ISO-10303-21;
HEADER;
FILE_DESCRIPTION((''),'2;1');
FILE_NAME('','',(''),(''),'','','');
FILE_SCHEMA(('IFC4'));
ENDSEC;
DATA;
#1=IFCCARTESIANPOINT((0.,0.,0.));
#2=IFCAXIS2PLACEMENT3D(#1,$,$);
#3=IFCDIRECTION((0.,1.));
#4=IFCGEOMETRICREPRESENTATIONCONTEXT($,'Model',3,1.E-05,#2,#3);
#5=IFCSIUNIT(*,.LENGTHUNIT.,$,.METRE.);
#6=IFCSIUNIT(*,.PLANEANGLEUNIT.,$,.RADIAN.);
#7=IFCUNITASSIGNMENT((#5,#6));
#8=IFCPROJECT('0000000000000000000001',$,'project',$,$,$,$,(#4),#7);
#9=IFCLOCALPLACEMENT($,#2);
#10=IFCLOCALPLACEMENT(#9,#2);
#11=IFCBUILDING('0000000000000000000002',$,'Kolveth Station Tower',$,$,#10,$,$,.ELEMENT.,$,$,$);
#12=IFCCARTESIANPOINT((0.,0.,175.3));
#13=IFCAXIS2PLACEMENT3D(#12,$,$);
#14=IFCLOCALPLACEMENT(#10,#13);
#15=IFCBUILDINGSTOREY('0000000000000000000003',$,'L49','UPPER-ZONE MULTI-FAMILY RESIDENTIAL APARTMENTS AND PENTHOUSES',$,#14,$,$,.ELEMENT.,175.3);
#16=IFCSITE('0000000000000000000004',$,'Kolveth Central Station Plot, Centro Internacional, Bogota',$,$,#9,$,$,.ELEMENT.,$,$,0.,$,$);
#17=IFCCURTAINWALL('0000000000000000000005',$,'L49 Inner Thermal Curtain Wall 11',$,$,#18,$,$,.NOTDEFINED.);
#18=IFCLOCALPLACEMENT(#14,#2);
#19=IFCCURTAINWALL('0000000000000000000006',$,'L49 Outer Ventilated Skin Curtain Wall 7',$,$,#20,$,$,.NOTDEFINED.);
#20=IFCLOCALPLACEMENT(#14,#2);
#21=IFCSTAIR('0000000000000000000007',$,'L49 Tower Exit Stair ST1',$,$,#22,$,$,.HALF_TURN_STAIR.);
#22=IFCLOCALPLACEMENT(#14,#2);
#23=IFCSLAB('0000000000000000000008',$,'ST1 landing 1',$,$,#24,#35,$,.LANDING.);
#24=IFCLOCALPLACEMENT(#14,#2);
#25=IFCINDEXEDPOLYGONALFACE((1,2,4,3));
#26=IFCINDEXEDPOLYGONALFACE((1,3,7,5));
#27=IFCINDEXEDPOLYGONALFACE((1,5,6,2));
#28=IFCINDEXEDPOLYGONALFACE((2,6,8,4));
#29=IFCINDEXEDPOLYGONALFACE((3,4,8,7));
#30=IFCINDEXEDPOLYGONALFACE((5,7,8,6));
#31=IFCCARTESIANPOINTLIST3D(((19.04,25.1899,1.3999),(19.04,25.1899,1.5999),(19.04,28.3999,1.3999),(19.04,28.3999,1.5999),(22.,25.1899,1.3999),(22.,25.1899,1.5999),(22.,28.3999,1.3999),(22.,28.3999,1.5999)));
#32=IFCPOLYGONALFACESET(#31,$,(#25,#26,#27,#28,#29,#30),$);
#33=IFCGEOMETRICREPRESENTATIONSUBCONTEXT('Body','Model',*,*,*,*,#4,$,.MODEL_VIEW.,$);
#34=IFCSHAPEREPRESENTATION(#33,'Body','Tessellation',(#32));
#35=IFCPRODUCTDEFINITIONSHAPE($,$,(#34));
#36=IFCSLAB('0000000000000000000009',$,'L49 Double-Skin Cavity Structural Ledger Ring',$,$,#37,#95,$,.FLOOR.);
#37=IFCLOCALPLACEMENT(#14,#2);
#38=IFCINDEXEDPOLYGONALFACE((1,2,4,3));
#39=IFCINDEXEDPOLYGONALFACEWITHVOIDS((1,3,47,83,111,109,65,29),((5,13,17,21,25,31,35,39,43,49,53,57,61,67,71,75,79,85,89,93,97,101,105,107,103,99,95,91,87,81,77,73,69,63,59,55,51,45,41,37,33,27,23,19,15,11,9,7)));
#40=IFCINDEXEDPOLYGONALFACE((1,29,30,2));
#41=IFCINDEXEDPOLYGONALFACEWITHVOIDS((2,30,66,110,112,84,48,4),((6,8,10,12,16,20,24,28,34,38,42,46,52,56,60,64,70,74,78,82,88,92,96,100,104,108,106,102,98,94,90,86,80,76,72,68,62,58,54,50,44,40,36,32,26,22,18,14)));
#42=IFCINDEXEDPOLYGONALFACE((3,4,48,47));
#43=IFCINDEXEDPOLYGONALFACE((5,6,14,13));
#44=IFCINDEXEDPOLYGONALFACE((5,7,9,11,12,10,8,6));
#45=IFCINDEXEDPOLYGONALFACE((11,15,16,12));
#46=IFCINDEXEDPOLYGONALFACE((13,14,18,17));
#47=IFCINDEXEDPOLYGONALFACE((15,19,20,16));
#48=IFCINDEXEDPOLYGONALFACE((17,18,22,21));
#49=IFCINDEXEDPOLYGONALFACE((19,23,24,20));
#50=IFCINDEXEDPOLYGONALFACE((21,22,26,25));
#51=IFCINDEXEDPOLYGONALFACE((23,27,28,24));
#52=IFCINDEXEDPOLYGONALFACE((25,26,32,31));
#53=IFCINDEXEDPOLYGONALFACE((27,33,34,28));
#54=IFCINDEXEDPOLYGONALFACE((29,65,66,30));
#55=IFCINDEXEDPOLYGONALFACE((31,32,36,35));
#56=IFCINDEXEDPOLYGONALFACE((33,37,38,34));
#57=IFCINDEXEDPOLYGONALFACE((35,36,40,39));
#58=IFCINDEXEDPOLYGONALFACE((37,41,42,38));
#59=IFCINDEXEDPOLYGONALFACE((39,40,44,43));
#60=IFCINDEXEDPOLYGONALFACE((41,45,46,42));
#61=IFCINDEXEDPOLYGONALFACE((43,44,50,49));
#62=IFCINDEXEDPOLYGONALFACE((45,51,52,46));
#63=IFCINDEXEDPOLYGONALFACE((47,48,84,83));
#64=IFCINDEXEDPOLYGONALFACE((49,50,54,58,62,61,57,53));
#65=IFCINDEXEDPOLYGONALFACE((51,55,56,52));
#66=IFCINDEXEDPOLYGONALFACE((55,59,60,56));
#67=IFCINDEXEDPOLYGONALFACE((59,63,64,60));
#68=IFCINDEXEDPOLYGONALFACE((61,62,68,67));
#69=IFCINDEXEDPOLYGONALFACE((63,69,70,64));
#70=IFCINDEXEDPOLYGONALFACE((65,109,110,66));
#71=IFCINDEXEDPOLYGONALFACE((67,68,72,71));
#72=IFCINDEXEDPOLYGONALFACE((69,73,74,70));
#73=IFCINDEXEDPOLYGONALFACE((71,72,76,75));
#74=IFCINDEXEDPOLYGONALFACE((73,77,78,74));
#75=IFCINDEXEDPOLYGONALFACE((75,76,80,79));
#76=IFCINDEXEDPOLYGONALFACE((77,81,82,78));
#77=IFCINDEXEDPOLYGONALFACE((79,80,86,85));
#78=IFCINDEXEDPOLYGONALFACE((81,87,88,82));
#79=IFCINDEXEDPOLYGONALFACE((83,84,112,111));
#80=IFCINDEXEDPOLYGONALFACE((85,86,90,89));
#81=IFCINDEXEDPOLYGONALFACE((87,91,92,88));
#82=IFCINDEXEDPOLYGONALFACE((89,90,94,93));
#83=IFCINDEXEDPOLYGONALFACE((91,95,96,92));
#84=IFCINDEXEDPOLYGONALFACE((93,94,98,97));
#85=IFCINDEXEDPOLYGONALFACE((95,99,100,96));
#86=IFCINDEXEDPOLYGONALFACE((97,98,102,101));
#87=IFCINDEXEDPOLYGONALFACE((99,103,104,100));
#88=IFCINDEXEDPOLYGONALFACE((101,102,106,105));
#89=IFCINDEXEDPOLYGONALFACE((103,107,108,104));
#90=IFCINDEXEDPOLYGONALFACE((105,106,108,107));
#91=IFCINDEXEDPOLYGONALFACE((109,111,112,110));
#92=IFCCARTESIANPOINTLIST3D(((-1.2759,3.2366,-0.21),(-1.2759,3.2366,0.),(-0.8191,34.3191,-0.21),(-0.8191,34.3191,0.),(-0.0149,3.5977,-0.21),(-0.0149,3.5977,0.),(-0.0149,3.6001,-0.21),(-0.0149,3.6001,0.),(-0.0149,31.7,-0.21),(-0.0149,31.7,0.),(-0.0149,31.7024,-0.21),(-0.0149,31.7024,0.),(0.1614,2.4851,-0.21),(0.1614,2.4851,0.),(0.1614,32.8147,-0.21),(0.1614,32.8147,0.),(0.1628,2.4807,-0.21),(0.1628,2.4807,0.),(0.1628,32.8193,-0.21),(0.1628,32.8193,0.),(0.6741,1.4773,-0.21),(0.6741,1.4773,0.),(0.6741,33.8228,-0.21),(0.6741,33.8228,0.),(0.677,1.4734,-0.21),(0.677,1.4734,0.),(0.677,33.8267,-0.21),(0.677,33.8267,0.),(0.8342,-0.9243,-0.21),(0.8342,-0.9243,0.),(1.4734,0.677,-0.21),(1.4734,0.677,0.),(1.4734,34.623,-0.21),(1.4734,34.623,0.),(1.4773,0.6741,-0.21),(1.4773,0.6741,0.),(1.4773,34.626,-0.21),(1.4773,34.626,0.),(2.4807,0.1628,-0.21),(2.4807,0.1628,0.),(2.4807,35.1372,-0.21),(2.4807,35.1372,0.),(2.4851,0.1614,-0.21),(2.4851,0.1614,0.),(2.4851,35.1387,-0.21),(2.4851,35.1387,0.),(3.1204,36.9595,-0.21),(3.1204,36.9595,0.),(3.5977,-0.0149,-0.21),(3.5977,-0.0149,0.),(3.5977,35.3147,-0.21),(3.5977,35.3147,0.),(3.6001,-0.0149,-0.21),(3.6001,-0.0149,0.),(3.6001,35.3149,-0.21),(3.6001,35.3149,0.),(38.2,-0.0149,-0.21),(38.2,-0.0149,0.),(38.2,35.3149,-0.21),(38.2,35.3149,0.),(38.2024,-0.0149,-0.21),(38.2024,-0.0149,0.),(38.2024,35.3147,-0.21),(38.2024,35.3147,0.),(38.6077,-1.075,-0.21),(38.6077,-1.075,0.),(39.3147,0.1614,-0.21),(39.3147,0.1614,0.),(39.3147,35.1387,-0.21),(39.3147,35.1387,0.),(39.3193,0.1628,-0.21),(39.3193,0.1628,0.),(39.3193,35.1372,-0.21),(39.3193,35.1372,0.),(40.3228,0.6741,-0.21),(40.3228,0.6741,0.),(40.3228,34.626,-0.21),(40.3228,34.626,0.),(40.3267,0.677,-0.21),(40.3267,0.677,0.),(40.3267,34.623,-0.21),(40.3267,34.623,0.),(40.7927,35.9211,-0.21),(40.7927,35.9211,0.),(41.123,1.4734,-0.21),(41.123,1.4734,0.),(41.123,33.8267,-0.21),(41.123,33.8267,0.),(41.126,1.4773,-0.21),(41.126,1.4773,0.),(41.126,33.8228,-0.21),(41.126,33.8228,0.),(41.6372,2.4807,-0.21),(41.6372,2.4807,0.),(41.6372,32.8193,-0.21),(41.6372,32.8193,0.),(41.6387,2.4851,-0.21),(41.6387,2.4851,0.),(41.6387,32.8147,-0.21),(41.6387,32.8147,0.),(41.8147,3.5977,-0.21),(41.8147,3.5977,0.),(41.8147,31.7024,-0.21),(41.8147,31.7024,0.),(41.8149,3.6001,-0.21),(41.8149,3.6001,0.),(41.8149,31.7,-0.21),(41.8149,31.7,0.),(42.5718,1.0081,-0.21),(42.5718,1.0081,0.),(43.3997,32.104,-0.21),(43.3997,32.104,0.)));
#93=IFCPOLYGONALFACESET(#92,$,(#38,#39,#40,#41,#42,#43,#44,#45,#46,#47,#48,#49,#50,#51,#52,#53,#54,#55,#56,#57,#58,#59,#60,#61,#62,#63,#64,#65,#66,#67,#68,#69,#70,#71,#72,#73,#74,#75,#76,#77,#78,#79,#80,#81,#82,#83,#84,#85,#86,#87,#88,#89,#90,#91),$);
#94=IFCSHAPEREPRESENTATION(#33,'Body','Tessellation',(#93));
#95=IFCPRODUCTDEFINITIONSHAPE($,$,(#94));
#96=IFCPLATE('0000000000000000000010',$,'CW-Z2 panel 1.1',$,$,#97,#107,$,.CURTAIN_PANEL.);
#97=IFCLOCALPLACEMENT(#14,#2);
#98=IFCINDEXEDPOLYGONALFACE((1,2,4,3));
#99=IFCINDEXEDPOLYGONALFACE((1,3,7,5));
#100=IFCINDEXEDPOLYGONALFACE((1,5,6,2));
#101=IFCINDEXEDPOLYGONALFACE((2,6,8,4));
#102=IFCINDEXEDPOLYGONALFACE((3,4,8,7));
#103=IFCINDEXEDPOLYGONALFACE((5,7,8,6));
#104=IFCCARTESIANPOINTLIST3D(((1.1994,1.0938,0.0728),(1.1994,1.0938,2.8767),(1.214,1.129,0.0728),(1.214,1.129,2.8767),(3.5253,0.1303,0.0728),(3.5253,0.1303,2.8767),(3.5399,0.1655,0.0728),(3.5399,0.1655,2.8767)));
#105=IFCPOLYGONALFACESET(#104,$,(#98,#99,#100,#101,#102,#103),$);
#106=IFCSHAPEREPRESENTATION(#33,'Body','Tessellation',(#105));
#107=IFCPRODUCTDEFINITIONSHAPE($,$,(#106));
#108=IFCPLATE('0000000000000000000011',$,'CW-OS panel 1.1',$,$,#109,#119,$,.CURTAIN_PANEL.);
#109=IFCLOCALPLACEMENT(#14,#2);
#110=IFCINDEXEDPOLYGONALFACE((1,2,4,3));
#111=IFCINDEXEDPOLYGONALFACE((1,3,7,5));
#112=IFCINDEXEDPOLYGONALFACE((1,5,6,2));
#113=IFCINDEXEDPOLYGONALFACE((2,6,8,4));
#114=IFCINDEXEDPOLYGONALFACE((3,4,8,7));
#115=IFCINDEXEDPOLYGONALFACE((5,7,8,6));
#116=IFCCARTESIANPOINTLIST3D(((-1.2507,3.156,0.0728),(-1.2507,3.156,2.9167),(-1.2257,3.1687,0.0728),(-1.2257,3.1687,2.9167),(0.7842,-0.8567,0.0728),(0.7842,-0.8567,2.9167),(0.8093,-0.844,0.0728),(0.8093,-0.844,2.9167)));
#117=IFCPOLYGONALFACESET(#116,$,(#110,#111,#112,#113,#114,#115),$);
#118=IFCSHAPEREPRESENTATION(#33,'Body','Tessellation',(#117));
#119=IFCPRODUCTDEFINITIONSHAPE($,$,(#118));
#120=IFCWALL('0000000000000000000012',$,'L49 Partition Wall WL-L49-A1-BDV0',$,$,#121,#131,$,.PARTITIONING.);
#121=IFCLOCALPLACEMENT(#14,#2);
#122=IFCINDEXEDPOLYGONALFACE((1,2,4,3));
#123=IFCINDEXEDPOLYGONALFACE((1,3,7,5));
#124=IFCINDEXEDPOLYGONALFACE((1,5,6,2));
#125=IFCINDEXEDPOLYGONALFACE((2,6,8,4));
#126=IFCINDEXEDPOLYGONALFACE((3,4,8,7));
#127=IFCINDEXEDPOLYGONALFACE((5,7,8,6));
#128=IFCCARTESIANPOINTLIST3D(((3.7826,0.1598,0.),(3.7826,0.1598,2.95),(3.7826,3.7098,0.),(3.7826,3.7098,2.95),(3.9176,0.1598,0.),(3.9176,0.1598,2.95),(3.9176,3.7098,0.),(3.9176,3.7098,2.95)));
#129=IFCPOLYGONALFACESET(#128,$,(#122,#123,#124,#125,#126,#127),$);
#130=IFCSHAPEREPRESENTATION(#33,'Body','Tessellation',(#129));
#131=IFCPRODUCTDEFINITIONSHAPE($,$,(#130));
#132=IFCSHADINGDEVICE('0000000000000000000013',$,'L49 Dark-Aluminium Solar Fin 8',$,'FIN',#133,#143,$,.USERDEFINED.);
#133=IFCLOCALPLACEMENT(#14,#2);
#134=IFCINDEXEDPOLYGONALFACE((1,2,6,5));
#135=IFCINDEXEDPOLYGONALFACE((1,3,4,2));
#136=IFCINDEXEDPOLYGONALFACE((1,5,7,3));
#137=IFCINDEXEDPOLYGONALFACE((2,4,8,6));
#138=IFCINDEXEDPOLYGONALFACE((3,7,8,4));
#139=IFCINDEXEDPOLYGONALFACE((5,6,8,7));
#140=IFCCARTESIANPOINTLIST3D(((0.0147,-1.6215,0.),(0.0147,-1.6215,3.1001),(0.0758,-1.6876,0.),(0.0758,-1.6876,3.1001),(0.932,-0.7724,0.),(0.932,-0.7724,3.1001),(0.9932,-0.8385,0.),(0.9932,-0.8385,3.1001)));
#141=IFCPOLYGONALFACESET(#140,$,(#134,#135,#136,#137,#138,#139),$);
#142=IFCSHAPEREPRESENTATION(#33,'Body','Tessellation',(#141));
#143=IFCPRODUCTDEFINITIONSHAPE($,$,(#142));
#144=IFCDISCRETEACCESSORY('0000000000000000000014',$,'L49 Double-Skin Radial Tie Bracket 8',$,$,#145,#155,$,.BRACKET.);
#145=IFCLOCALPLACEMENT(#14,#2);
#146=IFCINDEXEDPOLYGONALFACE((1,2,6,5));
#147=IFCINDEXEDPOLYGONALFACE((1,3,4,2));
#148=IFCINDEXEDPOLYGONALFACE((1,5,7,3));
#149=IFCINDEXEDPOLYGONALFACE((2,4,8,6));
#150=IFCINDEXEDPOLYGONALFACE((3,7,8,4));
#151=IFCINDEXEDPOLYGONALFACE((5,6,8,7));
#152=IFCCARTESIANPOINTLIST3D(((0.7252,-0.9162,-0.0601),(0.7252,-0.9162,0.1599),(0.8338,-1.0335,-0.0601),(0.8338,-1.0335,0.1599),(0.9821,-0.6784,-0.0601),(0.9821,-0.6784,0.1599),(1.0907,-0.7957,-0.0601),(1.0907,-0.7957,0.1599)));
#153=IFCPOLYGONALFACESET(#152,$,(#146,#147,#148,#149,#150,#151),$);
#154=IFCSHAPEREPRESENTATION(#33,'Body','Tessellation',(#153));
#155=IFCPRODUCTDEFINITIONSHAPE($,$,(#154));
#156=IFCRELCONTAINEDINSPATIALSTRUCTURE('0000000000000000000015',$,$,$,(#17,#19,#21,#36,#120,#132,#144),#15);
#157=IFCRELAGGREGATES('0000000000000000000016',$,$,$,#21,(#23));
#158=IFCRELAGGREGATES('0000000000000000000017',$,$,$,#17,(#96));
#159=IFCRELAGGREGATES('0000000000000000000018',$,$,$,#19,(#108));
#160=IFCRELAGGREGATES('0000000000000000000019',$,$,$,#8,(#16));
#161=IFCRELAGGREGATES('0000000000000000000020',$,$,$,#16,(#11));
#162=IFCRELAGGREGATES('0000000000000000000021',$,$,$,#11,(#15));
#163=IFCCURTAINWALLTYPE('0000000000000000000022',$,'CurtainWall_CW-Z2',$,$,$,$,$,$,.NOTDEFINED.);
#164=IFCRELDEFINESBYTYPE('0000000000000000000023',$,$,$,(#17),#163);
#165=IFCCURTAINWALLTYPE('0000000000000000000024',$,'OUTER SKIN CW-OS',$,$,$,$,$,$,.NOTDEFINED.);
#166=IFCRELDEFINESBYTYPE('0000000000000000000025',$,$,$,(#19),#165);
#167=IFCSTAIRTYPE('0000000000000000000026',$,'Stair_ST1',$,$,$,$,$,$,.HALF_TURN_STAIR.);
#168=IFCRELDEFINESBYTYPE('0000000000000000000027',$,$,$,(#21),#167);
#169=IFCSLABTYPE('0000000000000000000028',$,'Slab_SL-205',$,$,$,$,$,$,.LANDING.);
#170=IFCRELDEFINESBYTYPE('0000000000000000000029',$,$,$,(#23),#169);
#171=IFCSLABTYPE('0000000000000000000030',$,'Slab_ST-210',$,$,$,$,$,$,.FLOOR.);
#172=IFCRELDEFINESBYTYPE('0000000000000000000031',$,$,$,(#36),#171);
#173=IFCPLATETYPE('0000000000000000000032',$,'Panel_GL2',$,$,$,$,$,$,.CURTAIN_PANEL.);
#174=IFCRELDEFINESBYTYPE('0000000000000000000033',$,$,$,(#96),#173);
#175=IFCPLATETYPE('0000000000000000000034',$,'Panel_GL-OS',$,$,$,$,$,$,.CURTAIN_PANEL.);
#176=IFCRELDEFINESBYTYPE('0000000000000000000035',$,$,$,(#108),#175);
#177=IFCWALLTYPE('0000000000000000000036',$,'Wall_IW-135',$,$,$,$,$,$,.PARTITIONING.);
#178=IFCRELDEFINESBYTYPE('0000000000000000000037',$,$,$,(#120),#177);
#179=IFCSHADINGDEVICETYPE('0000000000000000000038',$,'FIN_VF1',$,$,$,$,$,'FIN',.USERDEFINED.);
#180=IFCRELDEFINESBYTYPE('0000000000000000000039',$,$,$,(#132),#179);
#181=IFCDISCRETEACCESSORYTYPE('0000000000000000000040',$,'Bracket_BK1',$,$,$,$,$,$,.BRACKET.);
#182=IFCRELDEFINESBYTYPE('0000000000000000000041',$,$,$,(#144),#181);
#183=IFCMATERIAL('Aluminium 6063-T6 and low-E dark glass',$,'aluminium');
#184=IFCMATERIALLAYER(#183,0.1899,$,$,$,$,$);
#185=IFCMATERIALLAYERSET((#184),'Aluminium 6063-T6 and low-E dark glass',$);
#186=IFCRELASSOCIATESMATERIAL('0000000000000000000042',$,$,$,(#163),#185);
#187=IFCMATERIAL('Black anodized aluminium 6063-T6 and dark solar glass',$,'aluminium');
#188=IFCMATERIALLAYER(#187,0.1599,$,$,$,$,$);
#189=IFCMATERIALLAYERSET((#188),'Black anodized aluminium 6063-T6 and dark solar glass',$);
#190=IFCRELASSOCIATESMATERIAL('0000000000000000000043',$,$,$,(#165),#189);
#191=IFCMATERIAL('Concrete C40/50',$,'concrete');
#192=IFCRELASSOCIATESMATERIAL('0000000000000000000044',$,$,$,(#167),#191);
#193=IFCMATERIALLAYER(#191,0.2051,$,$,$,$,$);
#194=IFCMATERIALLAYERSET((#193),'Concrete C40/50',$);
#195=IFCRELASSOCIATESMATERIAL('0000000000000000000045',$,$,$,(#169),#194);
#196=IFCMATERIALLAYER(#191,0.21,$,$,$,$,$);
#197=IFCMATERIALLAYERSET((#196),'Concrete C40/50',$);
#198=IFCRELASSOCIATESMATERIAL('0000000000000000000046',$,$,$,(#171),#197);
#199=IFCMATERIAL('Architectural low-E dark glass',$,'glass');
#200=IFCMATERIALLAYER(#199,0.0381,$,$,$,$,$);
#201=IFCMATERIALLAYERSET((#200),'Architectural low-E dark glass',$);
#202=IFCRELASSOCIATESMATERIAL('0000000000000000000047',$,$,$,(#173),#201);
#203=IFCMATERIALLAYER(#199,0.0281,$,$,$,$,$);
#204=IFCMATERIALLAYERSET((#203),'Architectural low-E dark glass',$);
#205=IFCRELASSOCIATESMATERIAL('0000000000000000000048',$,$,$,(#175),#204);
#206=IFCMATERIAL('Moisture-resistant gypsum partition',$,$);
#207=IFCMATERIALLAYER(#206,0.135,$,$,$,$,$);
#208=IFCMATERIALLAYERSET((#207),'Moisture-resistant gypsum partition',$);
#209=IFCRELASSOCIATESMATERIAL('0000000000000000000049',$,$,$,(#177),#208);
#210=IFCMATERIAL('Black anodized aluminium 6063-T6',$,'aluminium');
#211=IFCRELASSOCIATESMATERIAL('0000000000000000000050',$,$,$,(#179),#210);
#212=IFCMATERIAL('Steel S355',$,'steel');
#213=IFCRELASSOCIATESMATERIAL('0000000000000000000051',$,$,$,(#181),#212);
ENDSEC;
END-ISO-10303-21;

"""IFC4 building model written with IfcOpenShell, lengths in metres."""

from ifc_helpers import new_model, si_unit, direction, frame, frame_2d, origin, origin_2d, place, context, subcontext, project, spatial, polyline, rectangle, outline, extrude, source, transform, mapped, material, layer, layer_set, type_object, element, aggregate, save


model = new_model("IFC4")

# Units and contexts
model_context = context("Model", 3, precision=1e-05, world=origin(), true_north=direction((0.0, 1.0)))
body_context = subcontext(model_context, "Body", "Model", "MODEL_VIEW")
ifc_project = project(units=[si_unit("LENGTHUNIT", "METRE"), si_unit("PLANEANGLEUNIT", "RADIAN")], contexts=[model_context])

# Site, building, storey
site_placement = place(None, origin())
site = spatial("IfcSite", under=ifc_project, at=site_placement, Name="Kolveth Central Station Plot, Centro Internacional, Bogota", CompositionType="ELEMENT", RefElevation=0.0)
building_placement = place(site_placement, origin())
building = spatial("IfcBuilding", under=site, at=building_placement, Name="Kolveth Station Tower", CompositionType="ELEMENT")
storey_placement = place(building_placement, frame((0.0, 0.0, 175.3)))
storey = spatial("IfcBuildingStorey", under=building, at=storey_placement, Name="L49", Description="UPPER-ZONE MULTI-FAMILY RESIDENTIAL APARTMENTS AND PENTHOUSES", CompositionType="ELEMENT", Elevation=175.3)

# Shared definitions
ifc_material_1 = material(Name="Steel S355", Category="steel")

# Shared definitions
ifc_material_2 = material(Name="Aluminium 6063-T6 and low-E dark glass", Category="aluminium")
ifc_layer_1 = layer(ifc_material_2, 0.1899)
ifc_layer_set_1 = layer_set([ifc_layer_1], Name="Aluminium 6063-T6 and low-E dark glass")
curtain_wall_type_1 = type_object("IfcCurtainWallType", Name="CurtainWall_CW-Z2", PredefinedType="NOTDEFINED", material=ifc_layer_set_1)
ifc_material_3 = material(Name="Black anodized aluminium 6063-T6", Category="aluminium")

# Curtain wall
curtain_wall_1_placement = place(storey_placement, origin())
curtain_wall_1 = element("IfcCurtainWall", 1, at=curtain_wall_1_placement, inside=storey, type_object=curtain_wall_type_1, Name="L49 Inner Thermal Curtain Wall 11", PredefinedType="NOTDEFINED")

# Curtain wall
ifc_material_4 = material(Name="Black anodized aluminium 6063-T6 and dark solar glass", Category="aluminium")
ifc_layer_2 = layer(ifc_material_4, 0.1599)
ifc_layer_set_2 = layer_set([ifc_layer_2], Name="Black anodized aluminium 6063-T6 and dark solar glass")
curtain_wall_type_2 = type_object("IfcCurtainWallType", Name="OUTER SKIN CW-OS", PredefinedType="NOTDEFINED", material=ifc_layer_set_2)
curtain_wall_2_placement = place(storey_placement, origin())
curtain_wall_2 = element("IfcCurtainWall", 2, at=curtain_wall_2_placement, inside=storey, type_object=curtain_wall_type_2, Name="L49 Outer Ventilated Skin Curtain Wall 7", PredefinedType="NOTDEFINED")

# Shared definitions
ifc_material_5 = material(Name="Concrete C40/50", Category="concrete")

# Stair, slab
stair_type_1 = type_object("IfcStairType", Name="Stair_ST1", PredefinedType="HALF_TURN_STAIR", material=ifc_material_5)
stair_1_placement = place(storey_placement, origin())
stair_1 = element("IfcStair", 3, at=stair_1_placement, inside=storey, type_object=stair_type_1, Name="L49 Tower Exit Stair ST1", PredefinedType="HALF_TURN_STAIR")
ifc_layer_3 = layer(ifc_material_5, 0.2051)
ifc_layer_set_3 = layer_set([ifc_layer_3], Name="Concrete C40/50")
slab_type_1 = type_object("IfcSlabType", Name="Slab_SL-205", PredefinedType="LANDING", material=ifc_layer_set_3)
slab_1_placement = place(storey_placement, frame((0.0, 0.0, 1.3999)))
slab_1 = element("IfcSlab", 4, at=slab_1_placement, type_object=slab_type_1, Name="ST1 landing 1", PredefinedType="LANDING", context=body_context, shape_type="SweptSolid", body=[
    extrude(outline(polyline([(22.0, 25.1899), (22.0, 28.3999), (19.04, 28.3999), (19.04, 25.1899), (22.0, 25.1899)])), origin(), (0.0, 0.0, 1.0), 0.2),
])
aggregate(stair_1, [slab_1])

# Slab
ifc_layer_4 = layer(ifc_material_5, 0.21)
ifc_layer_set_4 = layer_set([ifc_layer_4], Name="Concrete C40/50")
slab_type_2 = type_object("IfcSlabType", Name="Slab_ST-210", PredefinedType="FLOOR", material=ifc_layer_set_4)
slab_2_placement = place(storey_placement, frame((0.0, 0.0, -0.21)))
element("IfcSlab", 5, at=slab_2_placement, inside=storey, type_object=slab_type_2, Name="L49 Double-Skin Cavity Structural Ledger Ring", PredefinedType="FLOOR", context=body_context, shape_type="SweptSolid", body=[
    extrude(outline(polyline([(0.8342, -0.9243), (-1.2759, 3.2366), (-0.8191, 34.3191), (3.1204, 36.9595), (40.7927, 35.9211), (43.3997, 32.104), (42.5718, 1.0081), (38.6077, -1.075), (0.8342, -0.9243)]), holes=[polyline([(38.2024, -0.0149), (39.3147, 0.1614), (39.3193, 0.1628), (40.3228, 0.6741), (40.3267, 0.677), (41.123, 1.4734), (41.126, 1.4773), (41.6372, 2.4807), (41.6387, 2.4851), (41.8147, 3.5977), (41.8149, 3.6001), (41.8149, 31.7), (41.8147, 31.7024), (41.6387, 32.8147), (41.6372, 32.8193), (41.126, 33.8228), (41.123, 33.8267), (40.3267, 34.623), (40.3228, 34.626), (39.3193, 35.1372), (39.3147, 35.1387), (38.2024, 35.3147), (38.2, 35.3149), (3.6001, 35.3149), (3.5977, 35.3147), (2.4851, 35.1387), (2.4807, 35.1372), (1.4773, 34.626), (1.4734, 34.623), (0.677, 33.8267), (0.6741, 33.8228), (0.1628, 32.8193), (0.1614, 32.8147), (-0.0149, 31.7024), (-0.0149, 31.7), (-0.0149, 3.6001), (-0.0149, 3.5977), (0.1614, 2.4851), (0.1628, 2.4807), (0.6741, 1.4773), (0.677, 1.4734), (1.4734, 0.677), (1.4773, 0.6741), (2.4807, 0.1628), (2.4851, 0.1614), (3.5977, -0.0149), (3.6001, -0.0149), (38.2, -0.0149), (38.2024, -0.0149)])]), origin(), (0.0, 0.0, 1.0), 0.21),
])

# Plates
ifc_material_6 = material(Name="Architectural low-E dark glass", Category="glass")
ifc_layer_5 = layer(ifc_material_6, 0.0381)
ifc_layer_set_5 = layer_set([ifc_layer_5], Name="Architectural low-E dark glass")
plate_type_1 = type_object("IfcPlateType", Name="Panel_GL2", PredefinedType="CURTAIN_PANEL", material=ifc_layer_set_5)
shared_shape_1 = source(origin(), body_context, "Body", "SweptSolid", [
    extrude(rectangle(XDim=2.5176, YDim=0.0381, at=origin_2d()), origin(), (0.0, 0.0, 1.0), 2.804),
])
plate_1_placement = place(storey_placement, frame((2.3696, 0.6296, 0.0728), z_axis=(0.0, 0.0, 1.0), x_axis=(0.923874, -0.382698, 0.0)))
plate_1 = element("IfcPlate", 6, at=plate_1_placement, type_object=plate_type_1, Name="CW-Z2 panel 1.1", PredefinedType="CURTAIN_PANEL", context=body_context, shape_type="MappedRepresentation", body=[
    mapped(shared_shape_1, transform((0.0, 0.0, 0.0), x_axis=(1.0, 0.0, 0.0), y_axis=(0.0, 1.0, 0.0), z_axis=(0.0, 0.0, 1.0), scale=1.0)),
])
aggregate(curtain_wall_1, [plate_1])
ifc_layer_6 = layer(ifc_material_6, 0.0281)
ifc_layer_set_6 = layer_set([ifc_layer_6], Name="Architectural low-E dark glass")
plate_type_2 = type_object("IfcPlateType", Name="Panel_GL-OS", PredefinedType="CURTAIN_PANEL", material=ifc_layer_set_6)
shared_shape_2 = source(origin(), body_context, "Body", "SweptSolid", [
    extrude(rectangle(XDim=4.4993, YDim=0.0281, at=origin_2d()), origin(), (0.0, 0.0, 1.0), 2.844),
])
plate_2_placement = place(storey_placement, frame((-0.2207, 1.156, 0.0728), z_axis=(0.0, 0.0, 1.0), x_axis=(0.452282, -0.891875, 0.0)))
plate_2 = element("IfcPlate", 7, at=plate_2_placement, type_object=plate_type_2, Name="CW-OS panel 1.1", PredefinedType="CURTAIN_PANEL", context=body_context, shape_type="MappedRepresentation", body=[
    mapped(shared_shape_2, transform((0.0, 0.0, 0.0), x_axis=(1.0, 0.0, 0.0), y_axis=(0.0, 1.0, 0.0), z_axis=(0.0, 0.0, 1.0), scale=1.0)),
])
aggregate(curtain_wall_2, [plate_2])

# Wall
ifc_material_7 = material(Name="Moisture-resistant gypsum partition")
ifc_layer_7 = layer(ifc_material_7, 0.135)
ifc_layer_set_7 = layer_set([ifc_layer_7], Name="Moisture-resistant gypsum partition")
wall_type = type_object("IfcWallType", Name="Wall_IW-135", PredefinedType="PARTITIONING", material=ifc_layer_set_7)
wall_placement = place(storey_placement, frame((3.8501, 0.1599, 0.0), z_axis=(0.0, 0.0, 1.0), x_axis=(0.0, 1.0, 0.0)))
element("IfcWall", 8, at=wall_placement, inside=storey, type_object=wall_type, Name="L49 Partition Wall WL-L49-A1-BDV0", PredefinedType="PARTITIONING", context=body_context, shape_type="SweptSolid", body=[
    extrude(rectangle(XDim=3.55, YDim=0.135, at=frame_2d((1.7749, 0.0))), origin(), (0.0, 0.0, 1.0), 2.95),
])

# Shading device
shading_device_type = type_object("IfcShadingDeviceType", Name="FIN_VF1", ElementType="FIN", PredefinedType="USERDEFINED", material=ifc_material_3)
shared_shape_3 = source(origin(), body_context, "Body", "SweptSolid", [
    extrude(rectangle(XDim=1.25, YDim=0.0901, at=origin_2d()), origin(), (0.0, 0.0, 1.0), 3.1001),
])
shading_device_placement = place(storey_placement, frame((0.5039, -1.23, 0.0), z_axis=(0.0, 0.0, 1.0), x_axis=(-0.733848, -0.679313, 0.0)))
element("IfcShadingDevice", 9, at=shading_device_placement, inside=storey, type_object=shading_device_type, Name="L49 Dark-Aluminium Solar Fin 8", ObjectType="FIN", PredefinedType="USERDEFINED", context=body_context, shape_type="MappedRepresentation", body=[
    mapped(shared_shape_3, transform((0.0, 0.0, 0.0), x_axis=(1.0, 0.0, 0.0), y_axis=(0.0, 1.0, 0.0), z_axis=(0.0, 0.0, 1.0), scale=1.0)),
])

# Discrete accessory
discrete_accessory_type = type_object("IfcDiscreteAccessoryType", Name="Bracket_BK1", PredefinedType="BRACKET", material=ifc_material_1)
shared_shape_4 = source(origin(), body_context, "Body", "SweptSolid", [
    extrude(rectangle(XDim=0.3501, YDim=0.1599, at=origin_2d()), origin(), (0.0, 0.0, 1.0), 0.22),
])
discrete_accessory_placement = place(storey_placement, frame((0.908, -0.856, -0.0601), z_axis=(0.0, 0.0, 1.0), x_axis=(-0.733848, -0.679313, 0.0)))
element("IfcDiscreteAccessory", 10, at=discrete_accessory_placement, inside=storey, type_object=discrete_accessory_type, Name="L49 Double-Skin Radial Tie Bracket 8", PredefinedType="BRACKET", context=body_context, shape_type="MappedRepresentation", body=[
    mapped(shared_shape_4, transform((0.0, 0.0, 0.0), x_axis=(1.0, 0.0, 0.0), y_axis=(0.0, 1.0, 0.0), z_axis=(0.0, 0.0, 1.0), scale=1.0)),
])

save(model, "model.ifc")
